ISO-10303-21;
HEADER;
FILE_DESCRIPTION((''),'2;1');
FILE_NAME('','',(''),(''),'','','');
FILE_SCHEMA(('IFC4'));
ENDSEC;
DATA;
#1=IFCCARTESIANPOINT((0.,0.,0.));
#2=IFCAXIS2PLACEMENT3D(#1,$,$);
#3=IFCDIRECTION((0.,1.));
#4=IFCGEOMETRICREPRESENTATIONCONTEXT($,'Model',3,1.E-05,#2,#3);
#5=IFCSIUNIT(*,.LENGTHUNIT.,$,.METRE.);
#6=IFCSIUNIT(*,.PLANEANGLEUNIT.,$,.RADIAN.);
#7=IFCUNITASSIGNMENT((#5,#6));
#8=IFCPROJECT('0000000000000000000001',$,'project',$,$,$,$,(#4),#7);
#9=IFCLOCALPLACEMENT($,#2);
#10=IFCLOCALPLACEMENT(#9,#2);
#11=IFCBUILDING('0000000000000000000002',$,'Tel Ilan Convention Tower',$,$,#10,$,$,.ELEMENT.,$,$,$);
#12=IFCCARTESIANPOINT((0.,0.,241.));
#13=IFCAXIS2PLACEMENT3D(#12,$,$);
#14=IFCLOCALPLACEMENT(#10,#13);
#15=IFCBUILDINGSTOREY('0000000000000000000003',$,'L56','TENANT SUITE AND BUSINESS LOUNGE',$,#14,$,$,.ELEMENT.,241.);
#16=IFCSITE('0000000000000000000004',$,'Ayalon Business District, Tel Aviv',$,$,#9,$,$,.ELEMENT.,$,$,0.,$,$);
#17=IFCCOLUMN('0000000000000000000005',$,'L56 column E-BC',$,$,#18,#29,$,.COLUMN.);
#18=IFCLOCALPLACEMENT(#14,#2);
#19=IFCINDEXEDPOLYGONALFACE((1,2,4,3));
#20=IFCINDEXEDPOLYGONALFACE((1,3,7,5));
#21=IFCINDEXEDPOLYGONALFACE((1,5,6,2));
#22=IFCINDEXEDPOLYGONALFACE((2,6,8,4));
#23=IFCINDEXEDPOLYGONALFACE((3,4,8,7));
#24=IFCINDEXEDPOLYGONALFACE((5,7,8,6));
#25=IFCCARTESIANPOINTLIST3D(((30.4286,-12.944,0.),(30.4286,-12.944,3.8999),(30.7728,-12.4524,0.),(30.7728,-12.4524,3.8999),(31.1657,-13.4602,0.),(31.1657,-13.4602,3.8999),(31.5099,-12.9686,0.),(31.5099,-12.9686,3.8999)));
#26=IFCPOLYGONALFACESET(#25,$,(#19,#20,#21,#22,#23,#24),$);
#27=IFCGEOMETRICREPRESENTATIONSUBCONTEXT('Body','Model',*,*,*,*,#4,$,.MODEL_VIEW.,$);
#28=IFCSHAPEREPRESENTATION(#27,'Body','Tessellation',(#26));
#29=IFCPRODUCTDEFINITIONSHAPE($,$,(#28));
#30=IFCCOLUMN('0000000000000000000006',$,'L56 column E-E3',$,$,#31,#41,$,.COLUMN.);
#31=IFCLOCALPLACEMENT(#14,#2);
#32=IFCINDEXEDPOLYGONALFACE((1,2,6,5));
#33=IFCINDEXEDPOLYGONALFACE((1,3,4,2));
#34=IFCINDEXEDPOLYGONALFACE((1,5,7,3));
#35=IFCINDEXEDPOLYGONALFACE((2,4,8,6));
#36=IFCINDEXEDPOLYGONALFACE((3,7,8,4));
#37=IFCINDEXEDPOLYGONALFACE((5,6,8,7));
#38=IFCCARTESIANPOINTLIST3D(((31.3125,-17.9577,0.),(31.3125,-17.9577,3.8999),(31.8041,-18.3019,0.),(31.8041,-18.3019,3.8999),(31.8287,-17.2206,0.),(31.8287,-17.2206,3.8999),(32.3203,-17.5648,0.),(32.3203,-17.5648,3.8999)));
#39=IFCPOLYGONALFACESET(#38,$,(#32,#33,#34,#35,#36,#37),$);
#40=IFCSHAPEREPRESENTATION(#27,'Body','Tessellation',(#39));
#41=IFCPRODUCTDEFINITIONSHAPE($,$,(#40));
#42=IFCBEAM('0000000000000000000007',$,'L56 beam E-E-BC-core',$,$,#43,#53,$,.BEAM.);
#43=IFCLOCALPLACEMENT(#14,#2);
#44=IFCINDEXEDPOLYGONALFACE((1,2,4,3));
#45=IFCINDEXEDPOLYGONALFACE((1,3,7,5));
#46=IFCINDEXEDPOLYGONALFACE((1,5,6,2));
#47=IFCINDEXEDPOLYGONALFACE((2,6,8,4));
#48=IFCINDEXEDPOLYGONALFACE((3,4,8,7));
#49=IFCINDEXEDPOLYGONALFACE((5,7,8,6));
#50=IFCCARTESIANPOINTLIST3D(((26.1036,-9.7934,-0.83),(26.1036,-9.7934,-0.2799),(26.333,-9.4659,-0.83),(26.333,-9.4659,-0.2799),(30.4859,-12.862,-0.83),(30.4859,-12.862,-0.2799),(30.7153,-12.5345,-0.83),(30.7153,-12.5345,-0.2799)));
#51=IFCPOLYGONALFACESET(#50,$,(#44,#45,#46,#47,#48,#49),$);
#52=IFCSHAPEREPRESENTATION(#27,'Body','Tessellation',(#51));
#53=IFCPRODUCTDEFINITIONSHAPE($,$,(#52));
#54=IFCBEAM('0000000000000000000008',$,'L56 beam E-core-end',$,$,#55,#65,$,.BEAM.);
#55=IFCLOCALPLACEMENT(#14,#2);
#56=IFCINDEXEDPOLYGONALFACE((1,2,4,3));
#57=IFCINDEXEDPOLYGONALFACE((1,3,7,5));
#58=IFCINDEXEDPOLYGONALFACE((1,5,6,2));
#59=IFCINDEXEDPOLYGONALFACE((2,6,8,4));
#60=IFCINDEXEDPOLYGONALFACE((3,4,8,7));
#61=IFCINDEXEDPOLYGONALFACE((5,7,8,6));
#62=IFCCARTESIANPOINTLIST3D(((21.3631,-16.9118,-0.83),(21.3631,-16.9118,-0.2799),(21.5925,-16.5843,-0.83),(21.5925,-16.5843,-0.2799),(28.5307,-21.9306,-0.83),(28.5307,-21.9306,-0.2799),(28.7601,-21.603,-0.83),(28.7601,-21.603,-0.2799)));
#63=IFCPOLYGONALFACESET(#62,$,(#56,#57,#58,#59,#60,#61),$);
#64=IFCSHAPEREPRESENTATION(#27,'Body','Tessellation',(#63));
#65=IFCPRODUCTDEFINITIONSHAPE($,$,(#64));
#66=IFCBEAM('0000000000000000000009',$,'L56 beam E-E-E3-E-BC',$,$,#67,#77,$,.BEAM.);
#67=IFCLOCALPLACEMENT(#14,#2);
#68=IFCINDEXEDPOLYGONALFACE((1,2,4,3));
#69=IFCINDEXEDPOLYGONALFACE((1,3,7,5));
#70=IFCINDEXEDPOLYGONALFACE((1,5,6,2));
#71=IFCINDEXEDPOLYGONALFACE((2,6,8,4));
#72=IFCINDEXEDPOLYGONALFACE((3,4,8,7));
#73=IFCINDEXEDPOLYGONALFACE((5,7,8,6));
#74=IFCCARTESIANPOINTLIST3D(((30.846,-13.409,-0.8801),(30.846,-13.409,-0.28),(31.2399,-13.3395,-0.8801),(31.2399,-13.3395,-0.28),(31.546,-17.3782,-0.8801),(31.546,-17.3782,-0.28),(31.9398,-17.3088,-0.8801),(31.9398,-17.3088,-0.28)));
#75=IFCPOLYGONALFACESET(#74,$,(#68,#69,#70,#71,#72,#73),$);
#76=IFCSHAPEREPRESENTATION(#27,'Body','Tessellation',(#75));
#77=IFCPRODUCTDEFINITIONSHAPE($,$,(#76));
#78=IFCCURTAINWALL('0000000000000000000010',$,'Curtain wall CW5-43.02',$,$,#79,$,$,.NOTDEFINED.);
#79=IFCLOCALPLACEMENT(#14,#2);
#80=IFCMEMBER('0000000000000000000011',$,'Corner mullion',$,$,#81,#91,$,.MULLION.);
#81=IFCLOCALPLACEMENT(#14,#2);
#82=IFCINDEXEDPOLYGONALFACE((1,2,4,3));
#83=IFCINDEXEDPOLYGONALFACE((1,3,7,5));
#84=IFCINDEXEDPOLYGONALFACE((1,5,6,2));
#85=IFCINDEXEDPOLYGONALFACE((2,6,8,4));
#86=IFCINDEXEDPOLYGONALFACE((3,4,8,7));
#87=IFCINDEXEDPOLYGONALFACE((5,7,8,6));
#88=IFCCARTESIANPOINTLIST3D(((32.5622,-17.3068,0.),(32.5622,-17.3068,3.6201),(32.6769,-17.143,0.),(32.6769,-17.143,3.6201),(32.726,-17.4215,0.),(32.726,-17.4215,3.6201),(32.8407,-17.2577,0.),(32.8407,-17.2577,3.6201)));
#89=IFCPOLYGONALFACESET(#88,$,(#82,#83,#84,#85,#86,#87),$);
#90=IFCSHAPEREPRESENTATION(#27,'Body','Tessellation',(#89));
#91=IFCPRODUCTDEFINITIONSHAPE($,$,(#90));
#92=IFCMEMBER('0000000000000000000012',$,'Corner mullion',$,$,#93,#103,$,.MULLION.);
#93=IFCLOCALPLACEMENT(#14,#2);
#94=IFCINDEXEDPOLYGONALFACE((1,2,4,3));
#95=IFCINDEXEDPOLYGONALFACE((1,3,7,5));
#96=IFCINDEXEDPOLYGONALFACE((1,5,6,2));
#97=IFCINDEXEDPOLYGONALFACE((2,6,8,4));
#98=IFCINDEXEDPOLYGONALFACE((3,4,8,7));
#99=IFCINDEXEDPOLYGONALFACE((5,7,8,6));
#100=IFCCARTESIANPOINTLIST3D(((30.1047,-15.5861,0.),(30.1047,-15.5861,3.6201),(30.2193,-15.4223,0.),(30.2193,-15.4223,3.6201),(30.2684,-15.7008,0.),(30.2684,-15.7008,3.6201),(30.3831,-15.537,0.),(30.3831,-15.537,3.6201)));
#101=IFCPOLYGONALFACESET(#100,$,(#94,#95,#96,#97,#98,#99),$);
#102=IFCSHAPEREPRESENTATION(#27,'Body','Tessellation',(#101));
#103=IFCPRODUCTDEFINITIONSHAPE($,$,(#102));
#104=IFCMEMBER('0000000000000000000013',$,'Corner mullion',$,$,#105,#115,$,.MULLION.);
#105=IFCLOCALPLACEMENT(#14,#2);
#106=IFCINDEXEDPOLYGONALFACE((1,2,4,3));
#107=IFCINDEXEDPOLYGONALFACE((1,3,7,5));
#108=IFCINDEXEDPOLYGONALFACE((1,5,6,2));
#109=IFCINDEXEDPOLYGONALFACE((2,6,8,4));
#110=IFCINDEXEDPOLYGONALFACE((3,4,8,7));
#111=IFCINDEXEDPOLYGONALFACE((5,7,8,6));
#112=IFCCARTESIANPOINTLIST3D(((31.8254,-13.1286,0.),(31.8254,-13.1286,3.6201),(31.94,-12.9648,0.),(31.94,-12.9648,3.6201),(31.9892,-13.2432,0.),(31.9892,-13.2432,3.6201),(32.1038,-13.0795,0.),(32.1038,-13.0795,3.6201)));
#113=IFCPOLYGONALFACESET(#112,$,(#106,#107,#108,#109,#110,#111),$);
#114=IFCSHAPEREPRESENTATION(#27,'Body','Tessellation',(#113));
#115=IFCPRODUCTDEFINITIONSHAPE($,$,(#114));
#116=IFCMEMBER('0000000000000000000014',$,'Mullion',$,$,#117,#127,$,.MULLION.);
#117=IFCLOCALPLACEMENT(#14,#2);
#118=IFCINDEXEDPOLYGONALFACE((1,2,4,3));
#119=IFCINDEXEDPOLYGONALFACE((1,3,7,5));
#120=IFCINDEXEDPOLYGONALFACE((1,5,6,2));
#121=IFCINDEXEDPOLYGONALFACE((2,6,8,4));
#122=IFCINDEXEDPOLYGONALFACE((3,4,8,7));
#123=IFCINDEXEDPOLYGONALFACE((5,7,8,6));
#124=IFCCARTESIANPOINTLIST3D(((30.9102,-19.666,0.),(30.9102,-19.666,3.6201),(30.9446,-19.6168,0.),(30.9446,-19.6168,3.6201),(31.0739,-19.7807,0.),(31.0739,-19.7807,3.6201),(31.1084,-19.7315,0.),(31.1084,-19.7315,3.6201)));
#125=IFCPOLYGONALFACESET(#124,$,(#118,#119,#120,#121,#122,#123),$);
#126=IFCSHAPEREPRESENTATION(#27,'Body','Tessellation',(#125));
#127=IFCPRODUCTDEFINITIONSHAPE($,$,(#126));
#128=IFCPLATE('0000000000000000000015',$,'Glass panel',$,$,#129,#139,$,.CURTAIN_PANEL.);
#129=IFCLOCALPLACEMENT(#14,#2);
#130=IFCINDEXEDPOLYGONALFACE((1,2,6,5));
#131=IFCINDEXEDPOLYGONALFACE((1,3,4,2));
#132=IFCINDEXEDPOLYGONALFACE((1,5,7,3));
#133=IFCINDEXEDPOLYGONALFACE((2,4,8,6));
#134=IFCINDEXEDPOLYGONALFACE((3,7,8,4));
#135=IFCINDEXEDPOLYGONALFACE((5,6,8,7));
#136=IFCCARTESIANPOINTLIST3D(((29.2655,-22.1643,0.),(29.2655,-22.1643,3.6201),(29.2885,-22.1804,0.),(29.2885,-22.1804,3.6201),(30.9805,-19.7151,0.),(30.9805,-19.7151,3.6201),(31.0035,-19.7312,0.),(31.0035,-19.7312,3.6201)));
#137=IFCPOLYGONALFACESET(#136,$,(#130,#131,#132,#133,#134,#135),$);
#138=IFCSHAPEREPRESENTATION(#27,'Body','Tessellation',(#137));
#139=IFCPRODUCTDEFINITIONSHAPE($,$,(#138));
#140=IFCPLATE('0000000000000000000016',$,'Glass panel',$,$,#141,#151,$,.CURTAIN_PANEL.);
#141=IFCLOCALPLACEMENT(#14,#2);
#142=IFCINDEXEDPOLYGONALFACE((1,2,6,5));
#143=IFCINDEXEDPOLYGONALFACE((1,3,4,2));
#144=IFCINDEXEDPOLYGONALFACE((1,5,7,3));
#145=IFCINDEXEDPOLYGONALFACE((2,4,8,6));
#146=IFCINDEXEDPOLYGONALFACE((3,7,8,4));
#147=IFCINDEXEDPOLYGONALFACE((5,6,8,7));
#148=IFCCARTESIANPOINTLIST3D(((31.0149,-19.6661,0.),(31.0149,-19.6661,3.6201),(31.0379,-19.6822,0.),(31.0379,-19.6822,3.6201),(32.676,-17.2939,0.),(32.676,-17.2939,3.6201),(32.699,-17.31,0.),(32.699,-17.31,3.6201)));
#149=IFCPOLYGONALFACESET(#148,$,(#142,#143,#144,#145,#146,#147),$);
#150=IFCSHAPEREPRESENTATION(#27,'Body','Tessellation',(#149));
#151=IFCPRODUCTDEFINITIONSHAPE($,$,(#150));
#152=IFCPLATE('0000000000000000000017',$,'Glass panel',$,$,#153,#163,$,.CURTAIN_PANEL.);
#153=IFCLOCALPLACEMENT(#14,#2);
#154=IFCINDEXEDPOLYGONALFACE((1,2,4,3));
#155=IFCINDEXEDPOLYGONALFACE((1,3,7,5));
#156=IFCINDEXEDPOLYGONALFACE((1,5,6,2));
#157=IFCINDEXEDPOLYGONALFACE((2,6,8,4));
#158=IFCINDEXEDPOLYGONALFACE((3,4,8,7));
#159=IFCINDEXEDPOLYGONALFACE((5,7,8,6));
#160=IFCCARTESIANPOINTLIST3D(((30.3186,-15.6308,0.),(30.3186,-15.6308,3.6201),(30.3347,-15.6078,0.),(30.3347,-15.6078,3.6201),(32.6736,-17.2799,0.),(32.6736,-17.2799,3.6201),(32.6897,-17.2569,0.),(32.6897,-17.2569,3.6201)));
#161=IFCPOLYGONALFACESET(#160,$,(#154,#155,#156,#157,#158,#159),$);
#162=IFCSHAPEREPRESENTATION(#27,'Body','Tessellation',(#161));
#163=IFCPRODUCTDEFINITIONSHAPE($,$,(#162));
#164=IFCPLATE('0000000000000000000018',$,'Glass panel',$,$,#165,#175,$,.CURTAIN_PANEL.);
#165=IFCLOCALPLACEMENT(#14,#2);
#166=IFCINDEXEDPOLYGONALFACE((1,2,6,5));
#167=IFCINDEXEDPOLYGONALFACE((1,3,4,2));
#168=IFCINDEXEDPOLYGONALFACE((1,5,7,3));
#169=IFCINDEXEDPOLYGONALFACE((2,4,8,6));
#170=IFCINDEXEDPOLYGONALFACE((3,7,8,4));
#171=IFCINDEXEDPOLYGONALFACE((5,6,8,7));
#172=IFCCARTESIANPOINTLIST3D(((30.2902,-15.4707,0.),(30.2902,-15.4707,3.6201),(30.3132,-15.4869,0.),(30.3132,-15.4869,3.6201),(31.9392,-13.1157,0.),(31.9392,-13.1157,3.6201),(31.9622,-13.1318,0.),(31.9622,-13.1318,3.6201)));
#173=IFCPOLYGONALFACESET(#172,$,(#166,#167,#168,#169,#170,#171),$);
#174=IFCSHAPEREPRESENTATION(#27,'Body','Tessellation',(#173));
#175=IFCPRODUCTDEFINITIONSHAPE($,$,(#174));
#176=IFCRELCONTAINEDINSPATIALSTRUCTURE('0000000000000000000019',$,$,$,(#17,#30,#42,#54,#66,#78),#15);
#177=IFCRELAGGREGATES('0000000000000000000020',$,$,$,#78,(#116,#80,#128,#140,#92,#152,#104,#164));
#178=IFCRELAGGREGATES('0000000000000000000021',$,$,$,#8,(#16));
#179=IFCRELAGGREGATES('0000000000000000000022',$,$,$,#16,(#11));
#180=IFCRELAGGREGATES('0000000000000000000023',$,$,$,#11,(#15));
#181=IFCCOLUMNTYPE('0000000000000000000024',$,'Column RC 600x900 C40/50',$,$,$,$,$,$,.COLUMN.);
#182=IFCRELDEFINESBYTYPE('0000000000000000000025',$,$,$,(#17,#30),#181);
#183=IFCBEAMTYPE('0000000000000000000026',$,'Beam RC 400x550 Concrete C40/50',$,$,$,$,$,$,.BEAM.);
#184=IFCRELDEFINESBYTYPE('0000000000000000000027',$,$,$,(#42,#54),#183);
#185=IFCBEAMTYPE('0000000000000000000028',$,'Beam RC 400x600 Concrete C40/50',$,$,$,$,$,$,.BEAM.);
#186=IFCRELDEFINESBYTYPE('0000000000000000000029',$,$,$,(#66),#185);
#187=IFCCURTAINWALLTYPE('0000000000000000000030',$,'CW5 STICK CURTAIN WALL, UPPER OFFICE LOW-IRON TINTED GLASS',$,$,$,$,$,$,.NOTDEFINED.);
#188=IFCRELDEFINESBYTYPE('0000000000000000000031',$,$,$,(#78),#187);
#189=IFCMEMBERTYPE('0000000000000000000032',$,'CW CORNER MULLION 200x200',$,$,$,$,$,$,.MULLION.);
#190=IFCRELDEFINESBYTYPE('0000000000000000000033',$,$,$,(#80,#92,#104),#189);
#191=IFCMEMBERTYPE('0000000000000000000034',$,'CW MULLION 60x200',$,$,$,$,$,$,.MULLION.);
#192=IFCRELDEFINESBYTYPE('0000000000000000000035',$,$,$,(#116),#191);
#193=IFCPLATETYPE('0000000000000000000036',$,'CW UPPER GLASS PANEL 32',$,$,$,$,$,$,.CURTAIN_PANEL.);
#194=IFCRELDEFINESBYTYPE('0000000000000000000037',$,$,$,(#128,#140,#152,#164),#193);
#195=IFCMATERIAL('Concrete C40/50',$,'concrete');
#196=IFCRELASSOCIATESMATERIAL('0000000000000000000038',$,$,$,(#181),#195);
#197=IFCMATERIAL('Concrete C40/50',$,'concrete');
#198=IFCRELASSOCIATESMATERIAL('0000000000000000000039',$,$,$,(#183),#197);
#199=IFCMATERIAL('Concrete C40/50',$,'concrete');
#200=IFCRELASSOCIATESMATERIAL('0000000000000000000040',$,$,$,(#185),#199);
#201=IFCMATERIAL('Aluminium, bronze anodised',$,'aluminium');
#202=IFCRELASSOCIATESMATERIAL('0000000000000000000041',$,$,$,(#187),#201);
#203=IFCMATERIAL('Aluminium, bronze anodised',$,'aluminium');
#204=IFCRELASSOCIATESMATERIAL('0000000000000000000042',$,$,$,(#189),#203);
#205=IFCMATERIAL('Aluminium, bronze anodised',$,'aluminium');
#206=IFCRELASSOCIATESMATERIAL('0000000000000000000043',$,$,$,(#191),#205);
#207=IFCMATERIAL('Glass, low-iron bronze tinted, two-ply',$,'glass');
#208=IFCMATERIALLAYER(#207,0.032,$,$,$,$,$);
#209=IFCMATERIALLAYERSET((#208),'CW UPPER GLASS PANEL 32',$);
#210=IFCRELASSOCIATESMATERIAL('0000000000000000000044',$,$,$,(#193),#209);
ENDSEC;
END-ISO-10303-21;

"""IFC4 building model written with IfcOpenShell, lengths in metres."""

from ifc_helpers import new_model, si_unit, direction, frame, origin, origin_2d, place, context, subcontext, project, spatial, rectangle, extrude, material, layer, layer_set, material_profile, profile_set, type_object, element, aggregate, save


model = new_model("IFC4")

# Units and contexts
model_context = context("Model", 3, precision=1e-05, world=origin(), true_north=direction((0.0, 1.0)))
body_context = subcontext(model_context, "Body", "Model", "MODEL_VIEW")
ifc_project = project(units=[si_unit("LENGTHUNIT", "METRE"), si_unit("PLANEANGLEUNIT", "RADIAN")], contexts=[model_context])

# Site, building, storey
site_placement = place(None, origin())
site = spatial("IfcSite", under=ifc_project, at=site_placement, Name="Ayalon Business District, Tel Aviv", CompositionType="ELEMENT", RefElevation=0.0)
building_placement = place(site_placement, origin())
building = spatial("IfcBuilding", under=site, at=building_placement, Name="Tel Ilan Convention Tower", CompositionType="ELEMENT")
storey_placement = place(building_placement, frame((0.0, 0.0, 241.0)))
storey = spatial("IfcBuildingStorey", under=building, at=storey_placement, Name="L56", Description="TENANT SUITE AND BUSINESS LOUNGE", CompositionType="ELEMENT", Elevation=241.0)

# Columns
ifc_material_1 = material(Name="Concrete C40/50", Category="concrete")
ifc_material_profile_1 = material_profile(ifc_material_1, rectangle(XDim=0.8999, YDim=0.6001, at=origin_2d()), Name="RC 600x900")
ifc_profile_set_1 = profile_set([ifc_material_profile_1], Name="Concrete C40/50")
column_type = type_object("IfcColumnType", Name="Column RC 600x900 C40/50", PredefinedType="COLUMN", material=ifc_profile_set_1)
for number, where, z_axis, x_axis, name in (
    (1, (30.9692, -12.9563, 0.0), (0.0, 0.0, 1.0), (0.819152, -0.573576, 0.0), "L56 column E-BC"),
    (2, (31.8164, -17.7612, 0.0), (0.0, 0.0, 1.0), (0.573576, 0.819152, 0.0), "L56 column E-E3"),
):
    element("IfcColumn", number, at=place(storey_placement, frame(where, z_axis=z_axis, x_axis=x_axis)), inside=storey, type_object=column_type, Name=name, PredefinedType="COLUMN", context=body_context, shape_type="SweptSolid", body=[
        extrude(rectangle(XDim=0.8999, YDim=0.6001, at=origin_2d()), origin(), (0.0, 0.0, 1.0), 3.8999),
    ])

# Beams
ifc_material_2 = material(Name="Concrete C40/50", Category="concrete")
ifc_material_profile_2 = material_profile(ifc_material_2, rectangle(XDim=0.3999, YDim=0.55, at=origin_2d()), Name="RC 400x550")
ifc_profile_set_2 = profile_set([ifc_material_profile_2], Name="Concrete C40/50")
beam_type_1 = type_object("IfcBeamType", Name="Beam RC 400x550 Concrete C40/50", PredefinedType="BEAM", material=ifc_profile_set_2)
beam_1_placement = place(storey_placement, frame((30.6006, -12.6982, -0.5549), z_axis=(-0.819146, 0.573585, 0.0), x_axis=(-0.573585, -0.819146, 0.0)))
element("IfcBeam", 3, at=beam_1_placement, inside=storey, type_object=beam_type_1, Name="L56 beam E-E-BC-core", PredefinedType="BEAM", context=body_context, shape_type="SweptSolid", body=[
    extrude(rectangle(XDim=0.3999, YDim=0.55, at=origin_2d()), origin(), (0.0, 0.0, 1.0), 5.3499),
])
beam_2_placement = place(storey_placement, frame((21.4778, -16.748, -0.5549), z_axis=(0.819157, -0.573569, 0.0), x_axis=(0.573569, 0.819157, 0.0)))
element("IfcBeam", 4, at=beam_2_placement, inside=storey, type_object=beam_type_1, Name="L56 beam E-core-end", PredefinedType="BEAM", context=body_context, shape_type="SweptSolid", body=[
    extrude(rectangle(XDim=0.3999, YDim=0.55, at=origin_2d()), origin(), (0.0, 0.0, 1.0), 8.75),
])
ifc_material_3 = material(Name="Concrete C40/50", Category="concrete")
ifc_material_profile_3 = material_profile(ifc_material_3, rectangle(XDim=0.3999, YDim=0.6001, at=origin_2d()), Name="RC 400x600")
ifc_profile_set_3 = profile_set([ifc_material_profile_3], Name="Concrete C40/50")
beam_type_2 = type_object("IfcBeamType", Name="Beam RC 400x600 Concrete C40/50", PredefinedType="BEAM", material=ifc_profile_set_3)
beam_3_placement = place(storey_placement, frame((31.7429, -17.3435, -0.5801), z_axis=(-0.173664, 0.984805, 0.0), x_axis=(-0.984805, -0.173664, 0.0)))
element("IfcBeam", 5, at=beam_3_placement, inside=storey, type_object=beam_type_2, Name="L56 beam E-E-E3-E-BC", PredefinedType="BEAM", context=body_context, shape_type="SweptSolid", body=[
    extrude(rectangle(XDim=0.3999, YDim=0.6001, at=origin_2d()), origin(), (0.0, 0.0, 1.0), 4.0305),
])

# Curtain wall, members, plates
ifc_material_4 = material(Name="Aluminium, bronze anodised", Category="aluminium")
curtain_wall_type = type_object("IfcCurtainWallType", Name="CW5 STICK CURTAIN WALL, UPPER OFFICE LOW-IRON TINTED GLASS", PredefinedType="NOTDEFINED", material=ifc_material_4)
curtain_wall_placement = place(storey_placement, origin())
curtain_wall = element("IfcCurtainWall", 6, at=curtain_wall_placement, inside=storey, type_object=curtain_wall_type, Name="Curtain wall CW5-43.02", PredefinedType="NOTDEFINED")
ifc_material_5 = material(Name="Aluminium, bronze anodised", Category="aluminium")
ifc_material_profile_4 = material_profile(ifc_material_5, rectangle(XDim=0.2, YDim=0.2, at=origin_2d()), Name="CW CORNER MULLION 200x200")
ifc_profile_set_4 = profile_set([ifc_material_profile_4], Name="Aluminium, bronze anodised")
member_type_1 = type_object("IfcMemberType", Name="CW CORNER MULLION 200x200", PredefinedType="MULLION", material=ifc_profile_set_4)
member_1_placement = place(storey_placement, frame((32.7014, -17.2822, 0.0), z_axis=(0.0, 0.0, 1.0), x_axis=(0.573576, 0.819152, 0.0)))
member_1 = element("IfcMember", 7, at=member_1_placement, type_object=member_type_1, Name="Corner mullion", PredefinedType="MULLION", context=body_context, shape_type="SweptSolid", body=[
    extrude(rectangle(XDim=0.2, YDim=0.2, at=origin_2d()), origin(), (0.0, 0.0, 1.0), 3.6201),
])
member_2_placement = place(storey_placement, frame((30.2439, -15.5615, 0.0), z_axis=(0.0, 0.0, 1.0), x_axis=(-0.819152, 0.573576, 0.0)))
member_2 = element("IfcMember", 8, at=member_2_placement, type_object=member_type_1, Name="Corner mullion", PredefinedType="MULLION", context=body_context, shape_type="SweptSolid", body=[
    extrude(rectangle(XDim=0.2, YDim=0.2, at=origin_2d()), origin(), (0.0, 0.0, 1.0), 3.6201),
])
member_3_placement = place(storey_placement, frame((31.9646, -13.104, 0.0), z_axis=(0.0, 0.0, 1.0), x_axis=(0.573576, 0.819152, 0.0)))
member_3 = element("IfcMember", 9, at=member_3_placement, type_object=member_type_1, Name="Corner mullion", PredefinedType="MULLION", context=body_context, shape_type="SweptSolid", body=[
    extrude(rectangle(XDim=0.2, YDim=0.2, at=origin_2d()), origin(), (0.0, 0.0, 1.0), 3.6201),
])
ifc_material_6 = material(Name="Aluminium, bronze anodised", Category="aluminium")
ifc_material_profile_5 = material_profile(ifc_material_6, rectangle(XDim=0.0601, YDim=0.2, at=origin_2d()), Name="CW MULLION 60x200")
ifc_profile_set_5 = profile_set([ifc_material_profile_5], Name="Aluminium, bronze anodised")
member_type_2 = type_object("IfcMemberType", Name="CW MULLION 60x200", PredefinedType="MULLION", material=ifc_profile_set_5)
member_4_placement = place(storey_placement, frame((31.0093, -19.6987, 0.0), z_axis=(0.0, 0.0, 1.0), x_axis=(0.573576, 0.819152, 0.0)))
member_4 = element("IfcMember", 10, at=member_4_placement, type_object=member_type_2, Name="Mullion", PredefinedType="MULLION", context=body_context, shape_type="SweptSolid", body=[
    extrude(rectangle(XDim=0.0601, YDim=0.2, at=origin_2d()), origin(), (0.0, 0.0, 1.0), 3.6201),
])
ifc_material_7 = material(Name="Glass, low-iron bronze tinted, two-ply", Category="glass")
ifc_layer_1 = layer(ifc_material_7, 0.032)
ifc_layer_set_1 = layer_set([ifc_layer_1], Name="CW UPPER GLASS PANEL 32")
plate_type = type_object("IfcPlateType", Name="CW UPPER GLASS PANEL 32", PredefinedType="CURTAIN_PANEL", material=ifc_layer_set_1)
plate_1_placement = place(storey_placement, frame((30.1345, -20.9478, 0.0), z_axis=(0.0, 0.0, 1.0), x_axis=(0.573576, 0.819152, 0.0)))
plate_1 = element("IfcPlate", 11, at=plate_1_placement, type_object=plate_type, Name="Glass panel", PredefinedType="CURTAIN_PANEL", context=body_context, shape_type="SweptSolid", body=[
    extrude(rectangle(XDim=2.99, YDim=0.0281, at=origin_2d()), origin(), (0.0, 0.0, 1.0), 3.6201),
])
plate_2_placement = place(storey_placement, frame((31.8569, -18.488, 0.0), z_axis=(0.0, 0.0, 1.0), x_axis=(0.573576, 0.819152, 0.0)))
plate_2 = element("IfcPlate", 12, at=plate_2_placement, type_object=plate_type, Name="Glass panel", PredefinedType="CURTAIN_PANEL", context=body_context, shape_type="SweptSolid", body=[
    extrude(rectangle(XDim=2.896, YDim=0.0281, at=origin_2d()), origin(), (0.0, 0.0, 1.0), 3.6201),
])
plate_3_placement = place(storey_placement, frame((31.5042, -16.4438, 0.0), z_axis=(0.0, 0.0, 1.0), x_axis=(-0.819152, 0.573576, 0.0)))
plate_3 = element("IfcPlate", 13, at=plate_3_placement, type_object=plate_type, Name="Glass panel", PredefinedType="CURTAIN_PANEL", context=body_context, shape_type="SweptSolid", body=[
    extrude(rectangle(XDim=2.875, YDim=0.0281, at=origin_2d()), origin(), (0.0, 0.0, 1.0), 3.6201),
])
plate_4_placement = place(storey_placement, frame((31.1262, -14.3013, 0.0), z_axis=(0.0, 0.0, 1.0), x_axis=(0.573576, 0.819152, 0.0)))
plate_4 = element("IfcPlate", 14, at=plate_4_placement, type_object=plate_type, Name="Glass panel", PredefinedType="CURTAIN_PANEL", context=body_context, shape_type="SweptSolid", body=[
    extrude(rectangle(XDim=2.875, YDim=0.0281, at=origin_2d()), origin(), (0.0, 0.0, 1.0), 3.6201),
])
aggregate(curtain_wall, [member_4, member_1, plate_1, plate_2, member_2, plate_3, member_3, plate_4])

save(model, "model.ifc")
